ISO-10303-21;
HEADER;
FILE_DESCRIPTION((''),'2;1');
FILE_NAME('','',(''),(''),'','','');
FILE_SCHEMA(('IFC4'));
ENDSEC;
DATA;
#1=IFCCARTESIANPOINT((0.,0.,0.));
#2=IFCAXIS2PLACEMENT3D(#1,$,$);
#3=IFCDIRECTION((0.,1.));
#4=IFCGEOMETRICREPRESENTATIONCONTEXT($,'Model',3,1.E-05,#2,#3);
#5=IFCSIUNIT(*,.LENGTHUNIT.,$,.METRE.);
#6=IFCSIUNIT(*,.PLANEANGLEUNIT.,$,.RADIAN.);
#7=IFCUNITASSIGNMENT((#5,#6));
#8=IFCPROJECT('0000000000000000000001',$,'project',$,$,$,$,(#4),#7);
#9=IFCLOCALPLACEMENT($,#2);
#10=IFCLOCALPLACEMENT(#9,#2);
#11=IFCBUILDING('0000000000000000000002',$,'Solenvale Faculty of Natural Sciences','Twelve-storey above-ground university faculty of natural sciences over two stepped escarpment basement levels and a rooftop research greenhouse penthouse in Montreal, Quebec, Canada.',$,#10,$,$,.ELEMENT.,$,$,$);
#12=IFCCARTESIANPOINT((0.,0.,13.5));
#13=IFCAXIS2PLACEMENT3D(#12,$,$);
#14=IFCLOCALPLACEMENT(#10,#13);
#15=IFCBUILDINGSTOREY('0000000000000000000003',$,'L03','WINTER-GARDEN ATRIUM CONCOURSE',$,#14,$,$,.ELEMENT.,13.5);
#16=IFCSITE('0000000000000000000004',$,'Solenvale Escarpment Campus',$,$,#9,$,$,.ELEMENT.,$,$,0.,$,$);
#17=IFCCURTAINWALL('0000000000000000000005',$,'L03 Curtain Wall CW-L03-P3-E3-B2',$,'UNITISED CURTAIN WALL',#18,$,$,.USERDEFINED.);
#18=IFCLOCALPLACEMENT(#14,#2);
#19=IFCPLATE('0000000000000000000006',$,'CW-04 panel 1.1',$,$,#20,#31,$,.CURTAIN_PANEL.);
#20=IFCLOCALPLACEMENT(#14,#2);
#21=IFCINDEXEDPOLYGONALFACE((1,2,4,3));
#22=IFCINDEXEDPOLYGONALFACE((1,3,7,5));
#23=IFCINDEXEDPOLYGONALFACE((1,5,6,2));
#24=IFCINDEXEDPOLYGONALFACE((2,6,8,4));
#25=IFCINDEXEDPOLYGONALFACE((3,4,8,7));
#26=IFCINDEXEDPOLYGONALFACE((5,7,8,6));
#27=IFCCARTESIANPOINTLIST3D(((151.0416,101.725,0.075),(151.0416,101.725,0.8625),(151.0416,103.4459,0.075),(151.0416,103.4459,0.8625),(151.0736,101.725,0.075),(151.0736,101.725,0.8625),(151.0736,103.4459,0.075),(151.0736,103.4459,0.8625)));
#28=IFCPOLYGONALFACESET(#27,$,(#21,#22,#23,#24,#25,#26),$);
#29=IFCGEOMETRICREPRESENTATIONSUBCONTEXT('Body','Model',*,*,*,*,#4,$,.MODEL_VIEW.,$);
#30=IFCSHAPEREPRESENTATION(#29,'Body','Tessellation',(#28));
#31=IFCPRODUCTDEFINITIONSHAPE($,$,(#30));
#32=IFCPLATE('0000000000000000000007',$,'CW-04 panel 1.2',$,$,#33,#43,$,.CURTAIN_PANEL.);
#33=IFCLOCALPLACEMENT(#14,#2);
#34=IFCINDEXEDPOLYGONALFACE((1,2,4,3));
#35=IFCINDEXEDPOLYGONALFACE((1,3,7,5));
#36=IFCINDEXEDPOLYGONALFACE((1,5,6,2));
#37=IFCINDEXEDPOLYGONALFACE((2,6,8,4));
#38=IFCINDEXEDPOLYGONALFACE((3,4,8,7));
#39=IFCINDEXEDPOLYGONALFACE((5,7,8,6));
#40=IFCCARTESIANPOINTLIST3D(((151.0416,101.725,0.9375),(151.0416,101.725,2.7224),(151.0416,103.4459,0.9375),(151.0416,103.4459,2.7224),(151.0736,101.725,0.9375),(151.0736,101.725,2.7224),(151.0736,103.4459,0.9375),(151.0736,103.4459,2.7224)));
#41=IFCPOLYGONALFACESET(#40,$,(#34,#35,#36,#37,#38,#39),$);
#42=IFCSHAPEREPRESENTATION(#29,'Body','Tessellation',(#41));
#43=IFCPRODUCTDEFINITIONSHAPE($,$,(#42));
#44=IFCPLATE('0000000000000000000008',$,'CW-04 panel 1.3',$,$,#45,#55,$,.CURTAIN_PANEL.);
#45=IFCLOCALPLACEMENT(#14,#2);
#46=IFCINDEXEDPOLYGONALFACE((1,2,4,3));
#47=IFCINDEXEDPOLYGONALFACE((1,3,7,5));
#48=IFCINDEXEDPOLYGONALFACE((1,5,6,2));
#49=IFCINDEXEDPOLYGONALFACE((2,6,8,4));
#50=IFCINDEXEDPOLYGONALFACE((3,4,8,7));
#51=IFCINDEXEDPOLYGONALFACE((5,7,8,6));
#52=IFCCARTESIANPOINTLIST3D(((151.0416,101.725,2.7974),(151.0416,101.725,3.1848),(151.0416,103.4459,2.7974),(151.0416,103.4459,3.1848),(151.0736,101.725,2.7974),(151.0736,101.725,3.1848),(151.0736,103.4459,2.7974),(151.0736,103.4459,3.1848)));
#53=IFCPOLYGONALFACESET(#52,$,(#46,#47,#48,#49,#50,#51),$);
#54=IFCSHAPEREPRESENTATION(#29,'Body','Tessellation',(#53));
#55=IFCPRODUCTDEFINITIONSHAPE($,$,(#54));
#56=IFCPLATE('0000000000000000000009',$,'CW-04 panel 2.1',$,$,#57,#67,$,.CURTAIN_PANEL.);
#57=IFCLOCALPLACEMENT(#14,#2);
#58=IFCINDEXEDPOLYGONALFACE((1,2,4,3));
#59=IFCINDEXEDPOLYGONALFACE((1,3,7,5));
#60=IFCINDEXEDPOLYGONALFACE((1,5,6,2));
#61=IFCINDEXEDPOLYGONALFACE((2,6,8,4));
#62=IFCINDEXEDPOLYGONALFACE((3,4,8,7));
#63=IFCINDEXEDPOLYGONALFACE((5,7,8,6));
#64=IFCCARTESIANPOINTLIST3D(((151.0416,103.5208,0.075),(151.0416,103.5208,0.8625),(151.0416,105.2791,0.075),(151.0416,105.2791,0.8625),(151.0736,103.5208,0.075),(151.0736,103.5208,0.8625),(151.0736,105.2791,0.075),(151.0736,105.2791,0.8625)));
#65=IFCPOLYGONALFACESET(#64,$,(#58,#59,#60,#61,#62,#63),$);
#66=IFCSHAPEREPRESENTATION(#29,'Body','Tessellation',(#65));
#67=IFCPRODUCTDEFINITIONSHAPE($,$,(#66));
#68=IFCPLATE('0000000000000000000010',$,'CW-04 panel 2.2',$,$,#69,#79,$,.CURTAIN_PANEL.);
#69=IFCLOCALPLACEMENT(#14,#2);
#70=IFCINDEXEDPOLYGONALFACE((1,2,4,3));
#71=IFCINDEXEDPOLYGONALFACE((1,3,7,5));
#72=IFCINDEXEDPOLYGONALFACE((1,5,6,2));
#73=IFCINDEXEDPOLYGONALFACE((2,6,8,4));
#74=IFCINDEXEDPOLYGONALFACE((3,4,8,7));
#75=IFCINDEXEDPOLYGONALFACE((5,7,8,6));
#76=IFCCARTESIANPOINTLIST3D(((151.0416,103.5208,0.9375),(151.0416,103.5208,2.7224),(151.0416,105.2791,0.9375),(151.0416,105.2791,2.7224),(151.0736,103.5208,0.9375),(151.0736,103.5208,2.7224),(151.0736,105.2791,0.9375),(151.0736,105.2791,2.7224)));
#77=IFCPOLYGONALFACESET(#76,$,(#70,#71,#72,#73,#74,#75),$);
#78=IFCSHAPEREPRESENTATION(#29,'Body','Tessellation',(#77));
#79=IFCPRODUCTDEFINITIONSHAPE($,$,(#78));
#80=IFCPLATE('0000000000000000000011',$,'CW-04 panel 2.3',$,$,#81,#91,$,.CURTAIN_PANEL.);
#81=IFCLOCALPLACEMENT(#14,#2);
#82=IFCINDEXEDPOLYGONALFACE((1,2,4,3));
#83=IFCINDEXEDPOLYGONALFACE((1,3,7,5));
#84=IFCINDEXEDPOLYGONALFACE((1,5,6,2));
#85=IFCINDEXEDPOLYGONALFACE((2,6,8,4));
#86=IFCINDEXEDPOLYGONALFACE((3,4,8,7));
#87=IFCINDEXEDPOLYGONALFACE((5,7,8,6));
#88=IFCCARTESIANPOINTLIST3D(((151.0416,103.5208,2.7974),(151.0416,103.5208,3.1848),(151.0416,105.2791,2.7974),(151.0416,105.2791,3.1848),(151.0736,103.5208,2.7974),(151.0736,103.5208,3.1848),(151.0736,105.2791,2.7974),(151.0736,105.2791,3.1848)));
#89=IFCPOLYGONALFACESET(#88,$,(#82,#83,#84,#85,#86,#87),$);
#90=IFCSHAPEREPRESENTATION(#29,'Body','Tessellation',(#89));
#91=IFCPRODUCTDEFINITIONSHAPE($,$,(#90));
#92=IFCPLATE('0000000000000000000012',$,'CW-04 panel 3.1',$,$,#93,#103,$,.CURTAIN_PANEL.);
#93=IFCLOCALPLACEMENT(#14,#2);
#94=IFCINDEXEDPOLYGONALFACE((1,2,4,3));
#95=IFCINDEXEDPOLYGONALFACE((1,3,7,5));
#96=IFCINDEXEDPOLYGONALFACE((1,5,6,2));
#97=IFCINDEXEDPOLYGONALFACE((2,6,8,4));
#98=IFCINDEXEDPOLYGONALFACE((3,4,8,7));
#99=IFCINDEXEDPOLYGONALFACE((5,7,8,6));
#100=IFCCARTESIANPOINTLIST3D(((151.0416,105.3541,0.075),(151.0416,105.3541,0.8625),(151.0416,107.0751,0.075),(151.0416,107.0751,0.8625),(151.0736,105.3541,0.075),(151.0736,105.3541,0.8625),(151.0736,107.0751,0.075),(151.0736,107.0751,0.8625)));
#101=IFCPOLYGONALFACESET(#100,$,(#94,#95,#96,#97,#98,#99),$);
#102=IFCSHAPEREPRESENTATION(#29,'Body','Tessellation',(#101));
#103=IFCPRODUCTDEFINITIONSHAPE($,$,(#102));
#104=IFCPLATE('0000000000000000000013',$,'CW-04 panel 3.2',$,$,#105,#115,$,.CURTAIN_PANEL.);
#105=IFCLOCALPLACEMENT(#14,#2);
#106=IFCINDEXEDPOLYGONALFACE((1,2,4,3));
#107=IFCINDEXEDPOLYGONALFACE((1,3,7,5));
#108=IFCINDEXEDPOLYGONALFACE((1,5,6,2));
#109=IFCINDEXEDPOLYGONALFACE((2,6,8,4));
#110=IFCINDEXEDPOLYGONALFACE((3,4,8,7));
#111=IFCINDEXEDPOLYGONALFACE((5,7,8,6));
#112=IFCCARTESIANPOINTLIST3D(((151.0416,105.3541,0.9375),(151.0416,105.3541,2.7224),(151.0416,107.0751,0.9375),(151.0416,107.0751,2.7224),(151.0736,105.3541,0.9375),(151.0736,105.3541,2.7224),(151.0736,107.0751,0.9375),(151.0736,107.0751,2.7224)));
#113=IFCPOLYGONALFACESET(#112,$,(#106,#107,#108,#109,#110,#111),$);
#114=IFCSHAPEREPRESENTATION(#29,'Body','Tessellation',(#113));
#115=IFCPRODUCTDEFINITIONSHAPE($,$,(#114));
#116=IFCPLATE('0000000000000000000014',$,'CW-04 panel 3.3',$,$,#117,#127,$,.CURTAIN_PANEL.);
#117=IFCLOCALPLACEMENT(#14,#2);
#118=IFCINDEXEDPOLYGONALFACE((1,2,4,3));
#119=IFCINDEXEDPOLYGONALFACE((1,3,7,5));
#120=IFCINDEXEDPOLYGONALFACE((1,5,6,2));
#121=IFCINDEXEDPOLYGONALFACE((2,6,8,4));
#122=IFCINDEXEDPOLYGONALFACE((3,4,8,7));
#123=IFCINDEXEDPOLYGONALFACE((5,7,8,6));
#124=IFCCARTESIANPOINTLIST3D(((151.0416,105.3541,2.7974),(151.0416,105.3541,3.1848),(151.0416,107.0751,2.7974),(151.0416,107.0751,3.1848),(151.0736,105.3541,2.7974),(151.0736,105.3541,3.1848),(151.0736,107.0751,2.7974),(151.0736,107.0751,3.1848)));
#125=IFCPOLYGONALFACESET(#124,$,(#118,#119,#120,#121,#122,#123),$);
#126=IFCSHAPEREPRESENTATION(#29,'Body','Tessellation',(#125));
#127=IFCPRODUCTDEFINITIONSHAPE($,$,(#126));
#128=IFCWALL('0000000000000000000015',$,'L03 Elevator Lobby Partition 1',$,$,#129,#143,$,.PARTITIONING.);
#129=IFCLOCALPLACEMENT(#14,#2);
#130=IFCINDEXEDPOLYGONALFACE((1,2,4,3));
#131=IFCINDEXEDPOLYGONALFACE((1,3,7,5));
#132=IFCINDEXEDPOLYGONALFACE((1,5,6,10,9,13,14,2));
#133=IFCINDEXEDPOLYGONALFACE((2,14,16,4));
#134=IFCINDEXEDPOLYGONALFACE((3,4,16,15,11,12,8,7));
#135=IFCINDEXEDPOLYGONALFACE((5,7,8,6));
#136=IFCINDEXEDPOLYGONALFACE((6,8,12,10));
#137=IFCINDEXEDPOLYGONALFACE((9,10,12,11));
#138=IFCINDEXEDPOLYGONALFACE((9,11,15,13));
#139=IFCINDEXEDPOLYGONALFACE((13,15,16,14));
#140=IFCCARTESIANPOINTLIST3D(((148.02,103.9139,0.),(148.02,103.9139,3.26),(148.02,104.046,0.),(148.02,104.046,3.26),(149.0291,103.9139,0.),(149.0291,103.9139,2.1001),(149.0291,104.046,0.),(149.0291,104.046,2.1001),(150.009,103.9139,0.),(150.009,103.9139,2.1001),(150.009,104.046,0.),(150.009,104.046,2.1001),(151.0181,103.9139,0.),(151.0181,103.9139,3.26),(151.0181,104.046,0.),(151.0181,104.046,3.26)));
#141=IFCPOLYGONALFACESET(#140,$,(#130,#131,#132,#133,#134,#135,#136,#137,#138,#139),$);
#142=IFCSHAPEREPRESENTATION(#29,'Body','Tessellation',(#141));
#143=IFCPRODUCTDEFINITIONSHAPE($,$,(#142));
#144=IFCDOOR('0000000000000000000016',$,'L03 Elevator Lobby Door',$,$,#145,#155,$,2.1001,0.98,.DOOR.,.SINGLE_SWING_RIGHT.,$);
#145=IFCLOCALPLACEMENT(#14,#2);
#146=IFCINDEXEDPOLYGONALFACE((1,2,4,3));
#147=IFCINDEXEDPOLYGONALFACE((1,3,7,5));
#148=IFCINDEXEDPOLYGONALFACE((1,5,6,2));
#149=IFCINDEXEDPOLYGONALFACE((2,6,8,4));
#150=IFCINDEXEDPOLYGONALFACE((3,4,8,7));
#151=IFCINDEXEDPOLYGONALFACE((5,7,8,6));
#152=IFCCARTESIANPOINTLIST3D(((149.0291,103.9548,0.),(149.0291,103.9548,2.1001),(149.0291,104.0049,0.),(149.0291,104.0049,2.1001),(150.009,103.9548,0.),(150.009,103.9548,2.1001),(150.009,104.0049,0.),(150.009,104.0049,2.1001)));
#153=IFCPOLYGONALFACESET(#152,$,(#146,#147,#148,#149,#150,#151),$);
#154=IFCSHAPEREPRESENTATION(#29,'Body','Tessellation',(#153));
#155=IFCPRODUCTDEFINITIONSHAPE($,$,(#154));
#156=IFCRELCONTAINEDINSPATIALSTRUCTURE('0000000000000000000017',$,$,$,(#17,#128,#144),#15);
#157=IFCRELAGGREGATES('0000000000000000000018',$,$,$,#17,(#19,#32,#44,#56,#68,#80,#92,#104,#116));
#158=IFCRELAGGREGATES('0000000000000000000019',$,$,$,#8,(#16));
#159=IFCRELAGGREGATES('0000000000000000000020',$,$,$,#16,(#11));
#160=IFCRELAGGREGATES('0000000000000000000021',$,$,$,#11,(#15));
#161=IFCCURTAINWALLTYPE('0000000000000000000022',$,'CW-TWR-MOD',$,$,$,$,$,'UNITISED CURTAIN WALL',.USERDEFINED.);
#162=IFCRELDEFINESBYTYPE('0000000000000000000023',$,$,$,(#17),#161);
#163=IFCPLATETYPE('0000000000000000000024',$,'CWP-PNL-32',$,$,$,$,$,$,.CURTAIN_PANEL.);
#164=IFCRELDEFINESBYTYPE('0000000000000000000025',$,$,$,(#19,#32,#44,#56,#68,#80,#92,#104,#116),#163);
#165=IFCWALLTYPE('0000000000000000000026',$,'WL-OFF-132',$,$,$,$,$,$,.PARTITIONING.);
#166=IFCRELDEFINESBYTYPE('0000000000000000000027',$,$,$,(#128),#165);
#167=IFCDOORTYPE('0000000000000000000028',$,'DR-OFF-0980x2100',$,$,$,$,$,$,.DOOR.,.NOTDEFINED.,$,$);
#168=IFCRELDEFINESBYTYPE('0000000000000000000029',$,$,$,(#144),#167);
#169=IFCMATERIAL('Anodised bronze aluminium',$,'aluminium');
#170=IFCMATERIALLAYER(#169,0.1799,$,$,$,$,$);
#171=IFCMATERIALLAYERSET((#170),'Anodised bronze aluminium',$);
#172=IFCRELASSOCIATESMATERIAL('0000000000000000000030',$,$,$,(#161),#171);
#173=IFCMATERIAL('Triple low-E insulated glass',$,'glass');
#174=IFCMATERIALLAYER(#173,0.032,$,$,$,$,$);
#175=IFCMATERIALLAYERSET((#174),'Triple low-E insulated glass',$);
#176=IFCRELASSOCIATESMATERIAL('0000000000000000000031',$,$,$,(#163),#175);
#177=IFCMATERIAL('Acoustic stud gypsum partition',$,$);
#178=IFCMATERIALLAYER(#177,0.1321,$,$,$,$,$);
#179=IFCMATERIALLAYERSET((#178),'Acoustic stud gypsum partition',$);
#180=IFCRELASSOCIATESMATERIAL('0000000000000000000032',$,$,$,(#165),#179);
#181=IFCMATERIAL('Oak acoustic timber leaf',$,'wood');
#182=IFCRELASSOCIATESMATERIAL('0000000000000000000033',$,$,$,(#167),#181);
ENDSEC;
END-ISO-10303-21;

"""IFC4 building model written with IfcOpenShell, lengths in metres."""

from ifc_helpers import new_model, si_unit, direction, frame, frame_2d, origin, origin_2d, place, context, subcontext, project, spatial, rectangle, extrude, material, layer, layer_set, type_object, element, fill, aggregate, save


model = new_model("IFC4")

# Units and contexts
model_context = context("Model", 3, precision=1e-05, world=origin(), true_north=direction((0.0, 1.0)))
body_context = subcontext(model_context, "Body", "Model", "MODEL_VIEW")
ifc_project = project(units=[si_unit("LENGTHUNIT", "METRE"), si_unit("PLANEANGLEUNIT", "RADIAN")], contexts=[model_context])

# Site, building, storey
site_placement = place(None, origin())
site = spatial("IfcSite", under=ifc_project, at=site_placement, Name="Solenvale Escarpment Campus", CompositionType="ELEMENT", RefElevation=0.0)
building_placement = place(site_placement, origin())
building = spatial("IfcBuilding", under=site, at=building_placement, Name="Solenvale Faculty of Natural Sciences", Description="Twelve-storey above-ground university faculty of natural sciences over two stepped escarpment basement levels and a rooftop research greenhouse penthouse in Montreal, Quebec, Canada.", CompositionType="ELEMENT")
storey_placement = place(building_placement, frame((0.0, 0.0, 13.5)))
storey = spatial("IfcBuildingStorey", under=building, at=storey_placement, Name="L03", Description="WINTER-GARDEN ATRIUM CONCOURSE", CompositionType="ELEMENT", Elevation=13.5)

# Curtain wall, plates
ifc_material_1 = material(Name="Anodised bronze aluminium", Category="aluminium")
ifc_layer_1 = layer(ifc_material_1, 0.1799)
ifc_layer_set_1 = layer_set([ifc_layer_1], Name="Anodised bronze aluminium")
curtain_wall_type = type_object("IfcCurtainWallType", Name="CW-TWR-MOD", ElementType="UNITISED CURTAIN WALL", PredefinedType="USERDEFINED", material=ifc_layer_set_1)
curtain_wall_placement = place(storey_placement, origin())
curtain_wall = element("IfcCurtainWall", 1, at=curtain_wall_placement, inside=storey, type_object=curtain_wall_type, Name="L03 Curtain Wall CW-L03-P3-E3-B2", ObjectType="UNITISED CURTAIN WALL", PredefinedType="USERDEFINED")
ifc_material_2 = material(Name="Triple low-E insulated glass", Category="glass")
ifc_layer_2 = layer(ifc_material_2, 0.032)
ifc_layer_set_2 = layer_set([ifc_layer_2], Name="Triple low-E insulated glass")
plate_type = type_object("IfcPlateType", Name="CWP-PNL-32", PredefinedType="CURTAIN_PANEL", material=ifc_layer_set_2)
plate_1_placement = place(storey_placement, frame((151.0576, 102.5854, 0.075), z_axis=(0.0, 0.0, 1.0), x_axis=(0.0, 1.0, 0.0)))
plate_1 = element("IfcPlate", 2, at=plate_1_placement, type_object=plate_type, Name="CW-04 panel 1.1", PredefinedType="CURTAIN_PANEL", context=body_context, shape_type="SweptSolid", body=[
    extrude(rectangle(XDim=1.7209, YDim=0.032, at=origin_2d()), origin(), (0.0, 0.0, 1.0), 0.7876),
])
plate_2_placement = place(storey_placement, frame((151.0576, 102.5854, 0.9375), z_axis=(0.0, 0.0, 1.0), x_axis=(0.0, 1.0, 0.0)))
plate_2 = element("IfcPlate", 3, at=plate_2_placement, type_object=plate_type, Name="CW-04 panel 1.2", PredefinedType="CURTAIN_PANEL", context=body_context, shape_type="SweptSolid", body=[
    extrude(rectangle(XDim=1.7209, YDim=0.032, at=origin_2d()), origin(), (0.0, 0.0, 1.0), 1.7849),
])
plate_3_placement = place(storey_placement, frame((151.0576, 102.5854, 2.7974), z_axis=(0.0, 0.0, 1.0), x_axis=(0.0, 1.0, 0.0)))
plate_3 = element("IfcPlate", 4, at=plate_3_placement, type_object=plate_type, Name="CW-04 panel 1.3", PredefinedType="CURTAIN_PANEL", context=body_context, shape_type="SweptSolid", body=[
    extrude(rectangle(XDim=1.7209, YDim=0.032, at=origin_2d()), origin(), (0.0, 0.0, 1.0), 0.3875),
])
plate_4_placement = place(storey_placement, frame((151.0576, 104.3999, 0.075), z_axis=(0.0, 0.0, 1.0), x_axis=(0.0, 1.0, 0.0)))
plate_4 = element("IfcPlate", 5, at=plate_4_placement, type_object=plate_type, Name="CW-04 panel 2.1", PredefinedType="CURTAIN_PANEL", context=body_context, shape_type="SweptSolid", body=[
    extrude(rectangle(XDim=1.7583, YDim=0.032, at=origin_2d()), origin(), (0.0, 0.0, 1.0), 0.7876),
])
plate_5_placement = place(storey_placement, frame((151.0576, 104.3999, 0.9375), z_axis=(0.0, 0.0, 1.0), x_axis=(0.0, 1.0, 0.0)))
plate_5 = element("IfcPlate", 6, at=plate_5_placement, type_object=plate_type, Name="CW-04 panel 2.2", PredefinedType="CURTAIN_PANEL", context=body_context, shape_type="SweptSolid", body=[
    extrude(rectangle(XDim=1.7583, YDim=0.032, at=origin_2d()), origin(), (0.0, 0.0, 1.0), 1.7849),
])
plate_6_placement = place(storey_placement, frame((151.0576, 104.3999, 2.7974), z_axis=(0.0, 0.0, 1.0), x_axis=(0.0, 1.0, 0.0)))
plate_6 = element("IfcPlate", 7, at=plate_6_placement, type_object=plate_type, Name="CW-04 panel 2.3", PredefinedType="CURTAIN_PANEL", context=body_context, shape_type="SweptSolid", body=[
    extrude(rectangle(XDim=1.7583, YDim=0.032, at=origin_2d()), origin(), (0.0, 0.0, 1.0), 0.3875),
])
plate_7_placement = place(storey_placement, frame((151.0576, 106.2146, 0.075), z_axis=(0.0, 0.0, 1.0), x_axis=(0.0, 1.0, 0.0)))
plate_7 = element("IfcPlate", 8, at=plate_7_placement, type_object=plate_type, Name="CW-04 panel 3.1", PredefinedType="CURTAIN_PANEL", context=body_context, shape_type="SweptSolid", body=[
    extrude(rectangle(XDim=1.7209, YDim=0.032, at=origin_2d()), origin(), (0.0, 0.0, 1.0), 0.7876),
])
plate_8_placement = place(storey_placement, frame((151.0576, 106.2146, 0.9375), z_axis=(0.0, 0.0, 1.0), x_axis=(0.0, 1.0, 0.0)))
plate_8 = element("IfcPlate", 9, at=plate_8_placement, type_object=plate_type, Name="CW-04 panel 3.2", PredefinedType="CURTAIN_PANEL", context=body_context, shape_type="SweptSolid", body=[
    extrude(rectangle(XDim=1.7209, YDim=0.032, at=origin_2d()), origin(), (0.0, 0.0, 1.0), 1.7849),
])
plate_9_placement = place(storey_placement, frame((151.0576, 106.2146, 2.7974), z_axis=(0.0, 0.0, 1.0), x_axis=(0.0, 1.0, 0.0)))
plate_9 = element("IfcPlate", 10, at=plate_9_placement, type_object=plate_type, Name="CW-04 panel 3.3", PredefinedType="CURTAIN_PANEL", context=body_context, shape_type="SweptSolid", body=[
    extrude(rectangle(XDim=1.7209, YDim=0.032, at=origin_2d()), origin(), (0.0, 0.0, 1.0), 0.3875),
])
aggregate(curtain_wall, [plate_1, plate_2, plate_3, plate_4, plate_5, plate_6, plate_7, plate_8, plate_9])

# Wall, opening, door
ifc_material_3 = material(Name="Acoustic stud gypsum partition")
ifc_layer_3 = layer(ifc_material_3, 0.1321)
ifc_layer_set_3 = layer_set([ifc_layer_3], Name="Acoustic stud gypsum partition")
wall_type = type_object("IfcWallType", Name="WL-OFF-132", PredefinedType="PARTITIONING", material=ifc_layer_set_3)
wall_placement = place(storey_placement, frame((148.02, 103.98, 0.0), z_axis=(0.0, 0.0, 1.0), x_axis=(1.0, 0.0, 0.0)))
wall = element("IfcWall", 11, at=wall_placement, inside=storey, type_object=wall_type, Name="L03 Elevator Lobby Partition 1", PredefinedType="PARTITIONING", context=body_context, shape_type="SweptSolid", body=[
    extrude(rectangle(XDim=2.998, YDim=0.1321, at=frame_2d((1.499, 0.0))), origin(), (0.0, 0.0, 1.0), 3.26),
])
opening_placement = place(wall_placement, frame((1.009, 0.0, 0.0)))
opening = element("IfcOpeningElement", 12, at=opening_placement, cuts=wall, PredefinedType="OPENING", context=body_context, shape_type="SweptSolid", body=[
    extrude(rectangle(XDim=0.98, YDim=2.1001, at=frame_2d((0.49, 1.05))), frame((0.0, 0.0759, 0.0), z_axis=(0.0, -1.0, 0.0), x_axis=(1.0, 0.0, 0.0)), (0.0, 0.0, 1.0), 0.1521),
])
ifc_material_4 = material(Name="Oak acoustic timber leaf", Category="wood")
door_type = type_object("IfcDoorType", Name="DR-OFF-0980x2100", OperationType="NOTDEFINED", PredefinedType="DOOR", material=ifc_material_4)
door_placement = place(opening_placement, origin())
door = element("IfcDoor", 13, at=door_placement, inside=storey, type_object=door_type, Name="L03 Elevator Lobby Door", OperationType="SINGLE_SWING_RIGHT", OverallHeight=2.1001, OverallWidth=0.98, PredefinedType="DOOR", context=body_context, shape_type="SweptSolid", body=[
    extrude(rectangle(XDim=0.98, YDim=2.1001, at=frame_2d((0.49, 1.05))), frame((0.0, 0.0249, 0.0), z_axis=(0.0, -1.0, 0.0), x_axis=(1.0, 0.0, 0.0)), (0.0, 0.0, 1.0), 0.05),
])
fill(opening, door)

save(model, "model.ifc")
